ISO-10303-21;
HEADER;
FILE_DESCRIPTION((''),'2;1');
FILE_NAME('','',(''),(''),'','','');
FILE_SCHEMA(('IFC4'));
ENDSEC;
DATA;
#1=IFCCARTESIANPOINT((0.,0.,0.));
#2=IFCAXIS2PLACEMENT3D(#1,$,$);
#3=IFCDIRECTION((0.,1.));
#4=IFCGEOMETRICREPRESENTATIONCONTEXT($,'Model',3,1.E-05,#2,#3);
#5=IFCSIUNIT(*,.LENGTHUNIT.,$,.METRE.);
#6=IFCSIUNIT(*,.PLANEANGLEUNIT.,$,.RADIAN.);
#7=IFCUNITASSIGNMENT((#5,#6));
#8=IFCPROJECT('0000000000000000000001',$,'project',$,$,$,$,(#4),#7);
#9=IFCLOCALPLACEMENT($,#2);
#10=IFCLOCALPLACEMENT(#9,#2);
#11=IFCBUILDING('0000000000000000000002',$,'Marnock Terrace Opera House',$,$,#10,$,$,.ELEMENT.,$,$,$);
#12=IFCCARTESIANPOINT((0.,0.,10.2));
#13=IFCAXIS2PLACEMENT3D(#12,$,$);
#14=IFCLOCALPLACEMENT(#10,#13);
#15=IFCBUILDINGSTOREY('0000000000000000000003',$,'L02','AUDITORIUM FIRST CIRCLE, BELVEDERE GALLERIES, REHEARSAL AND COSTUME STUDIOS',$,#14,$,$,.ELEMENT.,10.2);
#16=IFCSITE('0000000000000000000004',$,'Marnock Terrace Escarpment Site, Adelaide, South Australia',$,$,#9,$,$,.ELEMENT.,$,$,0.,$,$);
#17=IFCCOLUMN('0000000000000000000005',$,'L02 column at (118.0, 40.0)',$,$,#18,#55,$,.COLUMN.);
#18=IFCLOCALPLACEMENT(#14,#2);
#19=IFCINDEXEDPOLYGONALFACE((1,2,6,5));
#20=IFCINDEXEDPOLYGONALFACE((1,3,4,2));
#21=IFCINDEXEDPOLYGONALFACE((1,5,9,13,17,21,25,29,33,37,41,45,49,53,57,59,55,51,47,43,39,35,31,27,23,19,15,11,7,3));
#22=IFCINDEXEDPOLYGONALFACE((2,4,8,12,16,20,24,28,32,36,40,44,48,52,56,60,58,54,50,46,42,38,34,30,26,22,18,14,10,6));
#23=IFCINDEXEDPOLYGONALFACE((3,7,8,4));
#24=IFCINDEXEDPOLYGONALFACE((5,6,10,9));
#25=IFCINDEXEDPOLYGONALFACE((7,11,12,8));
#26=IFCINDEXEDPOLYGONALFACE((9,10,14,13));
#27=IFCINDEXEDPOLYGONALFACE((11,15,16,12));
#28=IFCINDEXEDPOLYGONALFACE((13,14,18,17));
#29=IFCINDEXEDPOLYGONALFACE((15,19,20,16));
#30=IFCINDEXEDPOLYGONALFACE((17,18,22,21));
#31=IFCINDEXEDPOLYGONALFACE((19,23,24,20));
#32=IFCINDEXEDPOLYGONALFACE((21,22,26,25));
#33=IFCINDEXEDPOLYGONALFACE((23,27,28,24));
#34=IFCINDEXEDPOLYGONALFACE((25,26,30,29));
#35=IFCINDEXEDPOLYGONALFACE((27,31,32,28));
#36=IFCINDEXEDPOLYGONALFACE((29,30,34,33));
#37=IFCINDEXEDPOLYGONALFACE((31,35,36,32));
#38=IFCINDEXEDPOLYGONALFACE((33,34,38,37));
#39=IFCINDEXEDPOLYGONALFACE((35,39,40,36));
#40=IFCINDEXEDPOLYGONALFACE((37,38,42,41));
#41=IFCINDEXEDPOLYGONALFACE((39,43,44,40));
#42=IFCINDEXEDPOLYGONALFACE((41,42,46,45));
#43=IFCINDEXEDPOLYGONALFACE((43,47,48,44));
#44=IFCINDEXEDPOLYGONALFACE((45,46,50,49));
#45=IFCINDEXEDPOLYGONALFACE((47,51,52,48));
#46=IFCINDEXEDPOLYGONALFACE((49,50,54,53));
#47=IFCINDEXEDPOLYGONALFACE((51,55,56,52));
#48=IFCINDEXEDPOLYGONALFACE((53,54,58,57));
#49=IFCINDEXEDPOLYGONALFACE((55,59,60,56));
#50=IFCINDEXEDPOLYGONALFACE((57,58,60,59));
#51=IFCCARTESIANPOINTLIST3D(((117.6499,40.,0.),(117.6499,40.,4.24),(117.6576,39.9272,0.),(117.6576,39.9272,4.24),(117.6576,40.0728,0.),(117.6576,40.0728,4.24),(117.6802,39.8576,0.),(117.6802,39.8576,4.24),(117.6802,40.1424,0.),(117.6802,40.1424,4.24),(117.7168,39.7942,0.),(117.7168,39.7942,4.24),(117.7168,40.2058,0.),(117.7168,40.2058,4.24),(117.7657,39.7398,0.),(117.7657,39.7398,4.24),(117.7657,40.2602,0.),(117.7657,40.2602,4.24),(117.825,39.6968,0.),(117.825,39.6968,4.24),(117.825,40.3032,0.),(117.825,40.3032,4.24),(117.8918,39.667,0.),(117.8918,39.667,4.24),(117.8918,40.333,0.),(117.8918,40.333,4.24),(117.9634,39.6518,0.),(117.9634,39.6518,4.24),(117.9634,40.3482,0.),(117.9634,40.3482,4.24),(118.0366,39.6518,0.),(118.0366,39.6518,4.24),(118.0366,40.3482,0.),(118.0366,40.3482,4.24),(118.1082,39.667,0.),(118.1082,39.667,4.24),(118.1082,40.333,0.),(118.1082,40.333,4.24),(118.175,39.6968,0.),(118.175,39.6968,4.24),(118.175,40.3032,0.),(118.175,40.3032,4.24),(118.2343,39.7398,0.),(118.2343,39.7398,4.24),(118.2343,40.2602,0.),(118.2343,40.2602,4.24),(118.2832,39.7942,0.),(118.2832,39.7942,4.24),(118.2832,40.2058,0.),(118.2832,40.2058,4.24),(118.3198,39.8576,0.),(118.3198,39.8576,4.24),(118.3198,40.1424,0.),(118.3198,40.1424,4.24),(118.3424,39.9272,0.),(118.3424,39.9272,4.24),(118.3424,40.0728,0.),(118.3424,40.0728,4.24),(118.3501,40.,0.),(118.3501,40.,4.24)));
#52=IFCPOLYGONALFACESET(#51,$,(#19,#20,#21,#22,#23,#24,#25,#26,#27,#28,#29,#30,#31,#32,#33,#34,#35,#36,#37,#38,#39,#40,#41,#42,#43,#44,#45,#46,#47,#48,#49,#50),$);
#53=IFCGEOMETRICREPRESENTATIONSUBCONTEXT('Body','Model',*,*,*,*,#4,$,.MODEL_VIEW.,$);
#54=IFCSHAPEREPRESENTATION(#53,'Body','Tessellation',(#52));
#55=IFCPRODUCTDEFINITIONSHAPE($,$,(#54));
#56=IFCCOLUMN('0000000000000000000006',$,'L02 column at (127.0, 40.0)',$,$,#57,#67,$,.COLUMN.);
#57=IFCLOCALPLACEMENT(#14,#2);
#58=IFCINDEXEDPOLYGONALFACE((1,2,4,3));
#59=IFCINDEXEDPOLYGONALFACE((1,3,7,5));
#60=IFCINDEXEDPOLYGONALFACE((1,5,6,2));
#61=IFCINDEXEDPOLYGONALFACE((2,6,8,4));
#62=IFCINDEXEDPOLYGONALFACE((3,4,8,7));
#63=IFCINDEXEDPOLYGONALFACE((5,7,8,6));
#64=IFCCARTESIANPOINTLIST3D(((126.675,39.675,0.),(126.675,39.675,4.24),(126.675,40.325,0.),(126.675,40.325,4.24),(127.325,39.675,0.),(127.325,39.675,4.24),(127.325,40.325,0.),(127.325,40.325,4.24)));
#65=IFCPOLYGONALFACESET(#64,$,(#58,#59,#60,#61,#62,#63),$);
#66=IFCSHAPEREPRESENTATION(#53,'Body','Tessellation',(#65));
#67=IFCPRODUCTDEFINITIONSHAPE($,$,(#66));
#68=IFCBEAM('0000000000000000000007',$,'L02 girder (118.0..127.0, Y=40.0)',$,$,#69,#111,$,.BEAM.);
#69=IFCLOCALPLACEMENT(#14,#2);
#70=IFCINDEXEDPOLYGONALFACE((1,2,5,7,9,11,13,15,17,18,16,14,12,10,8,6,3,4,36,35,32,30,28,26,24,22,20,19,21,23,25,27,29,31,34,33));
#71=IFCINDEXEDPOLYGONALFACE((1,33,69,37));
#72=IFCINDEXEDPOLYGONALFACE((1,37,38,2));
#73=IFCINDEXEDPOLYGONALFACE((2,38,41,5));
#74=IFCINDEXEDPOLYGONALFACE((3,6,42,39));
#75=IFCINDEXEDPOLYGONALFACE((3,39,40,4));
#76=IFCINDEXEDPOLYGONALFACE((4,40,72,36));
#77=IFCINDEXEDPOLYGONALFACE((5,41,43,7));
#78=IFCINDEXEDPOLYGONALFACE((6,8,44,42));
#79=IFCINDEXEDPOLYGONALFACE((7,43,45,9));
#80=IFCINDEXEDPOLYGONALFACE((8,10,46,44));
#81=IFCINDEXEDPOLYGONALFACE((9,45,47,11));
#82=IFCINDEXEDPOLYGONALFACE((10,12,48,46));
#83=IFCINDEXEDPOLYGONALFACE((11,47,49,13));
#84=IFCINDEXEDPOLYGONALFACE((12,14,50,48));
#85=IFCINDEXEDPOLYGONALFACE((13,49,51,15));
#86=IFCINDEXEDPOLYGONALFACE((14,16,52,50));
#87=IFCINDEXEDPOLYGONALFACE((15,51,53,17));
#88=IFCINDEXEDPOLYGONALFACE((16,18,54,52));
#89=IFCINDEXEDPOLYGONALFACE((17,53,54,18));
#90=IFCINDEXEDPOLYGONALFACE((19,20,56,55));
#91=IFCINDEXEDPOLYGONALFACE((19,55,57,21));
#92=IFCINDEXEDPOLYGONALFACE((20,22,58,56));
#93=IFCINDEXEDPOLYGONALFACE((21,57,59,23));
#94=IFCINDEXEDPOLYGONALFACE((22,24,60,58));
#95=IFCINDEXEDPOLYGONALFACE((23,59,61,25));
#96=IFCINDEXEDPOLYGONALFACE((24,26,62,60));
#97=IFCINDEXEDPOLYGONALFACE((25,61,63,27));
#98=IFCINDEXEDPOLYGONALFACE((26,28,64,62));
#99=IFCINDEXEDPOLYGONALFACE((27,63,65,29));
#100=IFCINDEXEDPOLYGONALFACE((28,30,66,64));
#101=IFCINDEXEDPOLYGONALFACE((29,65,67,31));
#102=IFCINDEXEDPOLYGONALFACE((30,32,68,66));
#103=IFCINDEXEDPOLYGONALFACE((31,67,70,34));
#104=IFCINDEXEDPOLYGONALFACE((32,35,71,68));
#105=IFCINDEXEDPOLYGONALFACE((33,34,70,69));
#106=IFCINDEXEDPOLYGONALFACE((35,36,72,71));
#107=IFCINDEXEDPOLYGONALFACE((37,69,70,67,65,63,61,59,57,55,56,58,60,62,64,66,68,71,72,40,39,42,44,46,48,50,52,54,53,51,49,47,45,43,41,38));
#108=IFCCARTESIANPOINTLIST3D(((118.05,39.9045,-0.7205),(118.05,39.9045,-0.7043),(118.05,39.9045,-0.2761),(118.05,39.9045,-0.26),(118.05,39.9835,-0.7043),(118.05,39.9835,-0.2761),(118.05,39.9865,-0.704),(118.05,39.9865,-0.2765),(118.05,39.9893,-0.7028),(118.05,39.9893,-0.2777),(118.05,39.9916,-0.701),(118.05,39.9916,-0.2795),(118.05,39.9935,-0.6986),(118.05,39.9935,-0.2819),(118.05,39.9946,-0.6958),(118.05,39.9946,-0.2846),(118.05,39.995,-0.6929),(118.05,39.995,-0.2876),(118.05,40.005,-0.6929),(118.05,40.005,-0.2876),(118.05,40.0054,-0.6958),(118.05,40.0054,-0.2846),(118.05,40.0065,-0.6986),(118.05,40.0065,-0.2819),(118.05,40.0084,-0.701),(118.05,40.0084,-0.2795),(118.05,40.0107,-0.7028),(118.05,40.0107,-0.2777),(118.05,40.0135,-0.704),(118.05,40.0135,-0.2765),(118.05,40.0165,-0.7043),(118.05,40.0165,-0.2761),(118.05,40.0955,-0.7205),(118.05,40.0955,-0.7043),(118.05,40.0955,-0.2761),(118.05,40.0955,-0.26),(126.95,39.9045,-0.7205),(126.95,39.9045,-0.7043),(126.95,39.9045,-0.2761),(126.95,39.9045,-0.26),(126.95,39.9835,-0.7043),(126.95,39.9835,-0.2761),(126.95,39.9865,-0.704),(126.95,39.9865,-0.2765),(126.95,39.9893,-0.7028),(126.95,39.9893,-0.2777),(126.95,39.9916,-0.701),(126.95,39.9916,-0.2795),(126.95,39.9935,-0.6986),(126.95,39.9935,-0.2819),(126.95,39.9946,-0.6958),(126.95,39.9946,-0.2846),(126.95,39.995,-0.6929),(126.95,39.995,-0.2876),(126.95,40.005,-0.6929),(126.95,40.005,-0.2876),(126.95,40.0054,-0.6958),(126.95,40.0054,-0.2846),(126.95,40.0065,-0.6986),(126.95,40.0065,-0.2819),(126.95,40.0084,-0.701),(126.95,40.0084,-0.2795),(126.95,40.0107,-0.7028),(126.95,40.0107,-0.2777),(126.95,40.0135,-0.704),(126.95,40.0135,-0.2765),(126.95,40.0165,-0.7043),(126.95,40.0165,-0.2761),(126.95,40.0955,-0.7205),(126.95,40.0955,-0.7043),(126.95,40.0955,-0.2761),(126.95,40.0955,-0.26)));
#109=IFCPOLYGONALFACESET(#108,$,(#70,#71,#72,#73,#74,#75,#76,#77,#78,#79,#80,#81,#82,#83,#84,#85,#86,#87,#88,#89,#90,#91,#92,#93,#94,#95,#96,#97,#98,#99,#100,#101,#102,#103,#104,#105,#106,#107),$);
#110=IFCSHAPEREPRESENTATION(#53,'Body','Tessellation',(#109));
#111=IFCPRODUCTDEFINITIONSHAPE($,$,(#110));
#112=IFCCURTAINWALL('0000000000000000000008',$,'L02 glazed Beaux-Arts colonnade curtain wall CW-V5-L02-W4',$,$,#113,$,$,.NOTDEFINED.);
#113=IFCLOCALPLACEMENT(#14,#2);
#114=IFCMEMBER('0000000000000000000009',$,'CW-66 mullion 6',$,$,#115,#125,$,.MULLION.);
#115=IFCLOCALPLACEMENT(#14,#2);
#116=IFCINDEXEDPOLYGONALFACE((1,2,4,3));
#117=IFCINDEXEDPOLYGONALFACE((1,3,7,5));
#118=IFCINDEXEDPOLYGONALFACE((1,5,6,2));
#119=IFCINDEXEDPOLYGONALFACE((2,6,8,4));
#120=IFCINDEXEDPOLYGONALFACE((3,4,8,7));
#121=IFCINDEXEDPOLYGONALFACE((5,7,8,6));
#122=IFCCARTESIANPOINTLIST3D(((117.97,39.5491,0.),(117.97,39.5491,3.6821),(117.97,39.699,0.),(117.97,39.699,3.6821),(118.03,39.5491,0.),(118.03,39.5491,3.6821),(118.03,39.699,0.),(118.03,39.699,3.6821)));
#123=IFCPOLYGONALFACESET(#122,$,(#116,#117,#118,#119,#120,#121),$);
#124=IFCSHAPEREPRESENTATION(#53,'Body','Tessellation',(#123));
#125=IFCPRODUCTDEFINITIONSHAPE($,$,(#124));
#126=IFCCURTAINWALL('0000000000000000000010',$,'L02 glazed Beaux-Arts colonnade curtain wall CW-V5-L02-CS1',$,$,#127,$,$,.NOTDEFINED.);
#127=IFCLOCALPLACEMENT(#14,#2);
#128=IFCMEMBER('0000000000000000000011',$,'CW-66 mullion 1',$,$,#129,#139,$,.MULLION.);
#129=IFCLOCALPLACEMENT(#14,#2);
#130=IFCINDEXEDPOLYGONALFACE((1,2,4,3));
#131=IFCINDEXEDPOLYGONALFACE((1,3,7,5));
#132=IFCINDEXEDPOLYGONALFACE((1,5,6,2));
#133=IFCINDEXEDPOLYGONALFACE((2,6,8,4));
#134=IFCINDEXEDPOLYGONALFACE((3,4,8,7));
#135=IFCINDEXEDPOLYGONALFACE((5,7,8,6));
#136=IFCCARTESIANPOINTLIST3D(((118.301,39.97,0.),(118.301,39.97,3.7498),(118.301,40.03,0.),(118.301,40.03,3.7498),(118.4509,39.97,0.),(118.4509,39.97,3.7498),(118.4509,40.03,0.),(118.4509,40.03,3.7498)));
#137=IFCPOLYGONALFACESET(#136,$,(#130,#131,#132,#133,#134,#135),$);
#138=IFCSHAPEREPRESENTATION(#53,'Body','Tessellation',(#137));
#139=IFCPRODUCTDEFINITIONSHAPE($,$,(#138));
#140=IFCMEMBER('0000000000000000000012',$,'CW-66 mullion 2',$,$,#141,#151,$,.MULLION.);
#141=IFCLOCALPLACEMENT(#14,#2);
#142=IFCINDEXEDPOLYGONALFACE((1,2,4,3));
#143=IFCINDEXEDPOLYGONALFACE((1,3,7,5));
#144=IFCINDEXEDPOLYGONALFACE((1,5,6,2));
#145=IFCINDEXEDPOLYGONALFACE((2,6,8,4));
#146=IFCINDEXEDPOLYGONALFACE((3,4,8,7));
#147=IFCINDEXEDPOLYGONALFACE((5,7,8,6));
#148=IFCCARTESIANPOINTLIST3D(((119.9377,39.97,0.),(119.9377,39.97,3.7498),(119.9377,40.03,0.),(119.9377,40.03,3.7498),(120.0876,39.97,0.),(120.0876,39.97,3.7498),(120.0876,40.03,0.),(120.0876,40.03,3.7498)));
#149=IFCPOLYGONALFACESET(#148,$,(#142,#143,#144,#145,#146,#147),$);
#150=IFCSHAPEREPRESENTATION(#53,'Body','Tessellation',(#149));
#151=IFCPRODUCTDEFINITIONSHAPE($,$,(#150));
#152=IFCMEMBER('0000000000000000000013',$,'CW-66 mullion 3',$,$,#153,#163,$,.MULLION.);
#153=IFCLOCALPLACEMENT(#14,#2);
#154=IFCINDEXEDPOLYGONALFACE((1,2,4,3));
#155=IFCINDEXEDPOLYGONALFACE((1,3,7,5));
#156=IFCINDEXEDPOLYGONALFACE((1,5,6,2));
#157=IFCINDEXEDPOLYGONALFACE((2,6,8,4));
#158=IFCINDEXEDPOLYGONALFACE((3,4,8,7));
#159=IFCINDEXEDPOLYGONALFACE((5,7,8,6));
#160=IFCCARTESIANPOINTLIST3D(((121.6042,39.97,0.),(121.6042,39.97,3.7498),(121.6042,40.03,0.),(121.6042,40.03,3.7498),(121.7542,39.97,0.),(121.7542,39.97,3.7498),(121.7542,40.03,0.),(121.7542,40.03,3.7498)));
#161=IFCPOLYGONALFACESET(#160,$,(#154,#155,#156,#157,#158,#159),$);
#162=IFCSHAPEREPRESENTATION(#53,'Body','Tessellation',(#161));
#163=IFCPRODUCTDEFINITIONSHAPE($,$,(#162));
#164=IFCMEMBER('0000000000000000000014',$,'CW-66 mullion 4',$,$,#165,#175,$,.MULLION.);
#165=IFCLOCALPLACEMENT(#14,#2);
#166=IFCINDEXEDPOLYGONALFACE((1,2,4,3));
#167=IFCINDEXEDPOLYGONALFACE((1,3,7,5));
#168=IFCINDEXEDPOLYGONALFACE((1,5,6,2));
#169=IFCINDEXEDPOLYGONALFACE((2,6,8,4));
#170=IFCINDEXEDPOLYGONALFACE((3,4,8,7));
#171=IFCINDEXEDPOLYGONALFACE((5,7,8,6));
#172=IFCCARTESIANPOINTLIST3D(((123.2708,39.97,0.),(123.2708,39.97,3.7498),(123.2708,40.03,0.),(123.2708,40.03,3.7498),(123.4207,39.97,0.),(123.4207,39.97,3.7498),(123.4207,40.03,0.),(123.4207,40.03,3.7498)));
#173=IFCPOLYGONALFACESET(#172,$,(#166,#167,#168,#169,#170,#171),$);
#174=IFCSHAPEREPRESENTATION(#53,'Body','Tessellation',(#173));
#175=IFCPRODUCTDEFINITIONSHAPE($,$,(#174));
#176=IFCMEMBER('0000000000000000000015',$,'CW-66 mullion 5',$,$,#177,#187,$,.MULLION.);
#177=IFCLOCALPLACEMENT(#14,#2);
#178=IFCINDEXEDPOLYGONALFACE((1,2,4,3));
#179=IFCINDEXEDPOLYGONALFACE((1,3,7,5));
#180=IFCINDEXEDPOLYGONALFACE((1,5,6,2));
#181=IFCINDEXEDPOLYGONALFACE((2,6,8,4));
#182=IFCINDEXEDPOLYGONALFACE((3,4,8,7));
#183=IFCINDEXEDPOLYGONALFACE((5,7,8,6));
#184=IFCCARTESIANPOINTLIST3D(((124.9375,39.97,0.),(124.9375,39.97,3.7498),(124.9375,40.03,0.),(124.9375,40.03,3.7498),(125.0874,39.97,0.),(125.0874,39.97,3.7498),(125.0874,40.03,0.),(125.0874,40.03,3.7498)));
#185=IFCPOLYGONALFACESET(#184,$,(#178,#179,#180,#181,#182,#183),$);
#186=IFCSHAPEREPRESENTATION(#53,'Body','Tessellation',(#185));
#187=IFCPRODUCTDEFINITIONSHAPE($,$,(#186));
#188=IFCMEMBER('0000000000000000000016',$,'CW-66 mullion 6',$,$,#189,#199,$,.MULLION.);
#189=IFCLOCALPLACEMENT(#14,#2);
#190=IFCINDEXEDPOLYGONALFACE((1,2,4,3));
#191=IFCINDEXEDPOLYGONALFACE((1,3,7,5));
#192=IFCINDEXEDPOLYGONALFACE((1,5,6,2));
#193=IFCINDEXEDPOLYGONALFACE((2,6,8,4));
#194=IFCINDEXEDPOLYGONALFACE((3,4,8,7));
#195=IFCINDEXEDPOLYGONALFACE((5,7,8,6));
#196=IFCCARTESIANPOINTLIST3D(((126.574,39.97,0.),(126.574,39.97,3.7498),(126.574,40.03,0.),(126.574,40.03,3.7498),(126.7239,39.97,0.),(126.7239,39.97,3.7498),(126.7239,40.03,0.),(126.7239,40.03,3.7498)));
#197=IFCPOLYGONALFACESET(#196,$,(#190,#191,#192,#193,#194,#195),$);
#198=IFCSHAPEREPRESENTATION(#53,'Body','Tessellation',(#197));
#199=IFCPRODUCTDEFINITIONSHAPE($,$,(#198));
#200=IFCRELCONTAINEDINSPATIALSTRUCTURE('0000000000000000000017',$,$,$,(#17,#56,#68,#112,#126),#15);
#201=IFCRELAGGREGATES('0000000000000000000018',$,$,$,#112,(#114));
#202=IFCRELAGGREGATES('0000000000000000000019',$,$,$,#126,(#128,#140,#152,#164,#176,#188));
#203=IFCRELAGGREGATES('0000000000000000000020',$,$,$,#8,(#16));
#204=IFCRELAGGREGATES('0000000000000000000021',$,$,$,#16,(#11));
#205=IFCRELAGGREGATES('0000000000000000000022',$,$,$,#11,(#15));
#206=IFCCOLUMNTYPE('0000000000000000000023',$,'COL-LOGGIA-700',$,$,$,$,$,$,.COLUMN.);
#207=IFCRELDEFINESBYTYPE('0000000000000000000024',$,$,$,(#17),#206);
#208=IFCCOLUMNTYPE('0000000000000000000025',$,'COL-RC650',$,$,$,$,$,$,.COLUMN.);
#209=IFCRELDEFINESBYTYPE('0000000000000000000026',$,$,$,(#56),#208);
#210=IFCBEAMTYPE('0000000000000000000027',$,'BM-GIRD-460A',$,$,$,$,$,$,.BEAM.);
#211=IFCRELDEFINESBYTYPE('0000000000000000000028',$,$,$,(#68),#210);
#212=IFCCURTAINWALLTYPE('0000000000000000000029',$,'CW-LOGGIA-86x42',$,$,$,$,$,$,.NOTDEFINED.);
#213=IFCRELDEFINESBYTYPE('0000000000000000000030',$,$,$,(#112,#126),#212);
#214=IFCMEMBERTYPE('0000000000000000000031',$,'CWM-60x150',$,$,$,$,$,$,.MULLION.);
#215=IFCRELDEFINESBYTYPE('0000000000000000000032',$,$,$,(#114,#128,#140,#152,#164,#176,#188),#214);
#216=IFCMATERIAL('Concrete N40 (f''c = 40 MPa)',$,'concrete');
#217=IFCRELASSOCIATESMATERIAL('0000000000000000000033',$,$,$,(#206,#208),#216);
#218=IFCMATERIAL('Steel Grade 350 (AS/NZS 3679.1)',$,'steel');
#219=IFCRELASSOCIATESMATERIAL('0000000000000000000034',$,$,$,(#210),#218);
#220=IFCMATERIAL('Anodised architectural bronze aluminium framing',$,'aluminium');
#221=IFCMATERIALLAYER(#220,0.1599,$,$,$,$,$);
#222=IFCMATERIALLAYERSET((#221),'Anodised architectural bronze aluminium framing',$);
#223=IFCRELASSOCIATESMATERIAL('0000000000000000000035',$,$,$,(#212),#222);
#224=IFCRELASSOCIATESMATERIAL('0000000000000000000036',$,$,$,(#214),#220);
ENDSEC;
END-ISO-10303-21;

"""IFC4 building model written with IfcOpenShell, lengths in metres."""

from ifc_helpers import new_model, si_unit, direction, frame, origin, origin_2d, place, context, subcontext, project, spatial, rectangle, circle, i_section, extrude, material, layer, layer_set, material_profile, profile_set, type_object, element, aggregate, save


model = new_model("IFC4")

# Units and contexts
model_context = context("Model", 3, precision=1e-05, world=origin(), true_north=direction((0.0, 1.0)))
body_context = subcontext(model_context, "Body", "Model", "MODEL_VIEW")
ifc_project = project(units=[si_unit("LENGTHUNIT", "METRE"), si_unit("PLANEANGLEUNIT", "RADIAN")], contexts=[model_context])

# Site, building, storey
site_placement = place(None, origin())
site = spatial("IfcSite", under=ifc_project, at=site_placement, Name="Marnock Terrace Escarpment Site, Adelaide, South Australia", CompositionType="ELEMENT", RefElevation=0.0)
building_placement = place(site_placement, origin())
building = spatial("IfcBuilding", under=site, at=building_placement, Name="Marnock Terrace Opera House", CompositionType="ELEMENT")
storey_placement = place(building_placement, frame((0.0, 0.0, 10.2)))
storey = spatial("IfcBuildingStorey", under=building, at=storey_placement, Name="L02", Description="AUDITORIUM FIRST CIRCLE, BELVEDERE GALLERIES, REHEARSAL AND COSTUME STUDIOS", CompositionType="ELEMENT", Elevation=10.2)

# Columns
ifc_material_1 = material(Name="Concrete N40 (f'c = 40 MPa)", Category="concrete")
ifc_material_profile_1 = material_profile(ifc_material_1, circle(Radius=0.3501, at=origin_2d()))
ifc_profile_set_1 = profile_set([ifc_material_profile_1], Name="Concrete N40 (f'c = 40 MPa)")
column_type_1 = type_object("IfcColumnType", Name="COL-LOGGIA-700", PredefinedType="COLUMN", material=ifc_profile_set_1)
column_1_placement = place(storey_placement, frame((118.0, 40.0, 0.0), z_axis=(0.0, 0.0, 1.0), x_axis=(1.0, 0.0, 0.0)))
element("IfcColumn", 1, at=column_1_placement, inside=storey, type_object=column_type_1, Name="L02 column at (118.0, 40.0)", PredefinedType="COLUMN", context=body_context, shape_type="SweptSolid", body=[
    extrude(circle(Radius=0.3501, at=origin_2d()), origin(), (0.0, 0.0, 1.0), 4.24),
])
ifc_material_profile_2 = material_profile(ifc_material_1, rectangle(XDim=0.6499, YDim=0.6499, at=origin_2d()))
ifc_profile_set_2 = profile_set([ifc_material_profile_2], Name="Concrete N40 (f'c = 40 MPa)")
column_type_2 = type_object("IfcColumnType", Name="COL-RC650", PredefinedType="COLUMN", material=ifc_profile_set_2)
column_2_placement = place(storey_placement, frame((127.0, 40.0, 0.0), z_axis=(0.0, 0.0, 1.0), x_axis=(1.0, 0.0, 0.0)))
element("IfcColumn", 2, at=column_2_placement, inside=storey, type_object=column_type_2, Name="L02 column at (127.0, 40.0)", PredefinedType="COLUMN", context=body_context, shape_type="SweptSolid", body=[
    extrude(rectangle(XDim=0.6499, YDim=0.6499, at=origin_2d()), origin(), (0.0, 0.0, 1.0), 4.24),
])

# Beam
ifc_material_2 = material(Name="Steel Grade 350 (AS/NZS 3679.1)", Category="steel")
ifc_material_profile_3 = material_profile(ifc_material_2, i_section(OverallWidth=0.1909, OverallDepth=0.4604, WebThickness=0.01, FlangeThickness=0.0161, FilletRadius=0.0115, at=origin_2d()))
ifc_profile_set_3 = profile_set([ifc_material_profile_3], Name="Steel Grade 350 (AS/NZS 3679.1)")
beam_type = type_object("IfcBeamType", Name="BM-GIRD-460A", PredefinedType="BEAM", material=ifc_profile_set_3)
beam_placement = place(storey_placement, frame((118.05, 40.0, -0.4902), z_axis=(1.0, 0.0, 0.0), x_axis=(0.0, 1.0, 0.0)))
element("IfcBeam", 3, at=beam_placement, inside=storey, type_object=beam_type, Name="L02 girder (118.0..127.0, Y=40.0)", PredefinedType="BEAM", context=body_context, shape_type="SweptSolid", body=[
    extrude(i_section(OverallWidth=0.1909, OverallDepth=0.4604, WebThickness=0.01, FlangeThickness=0.0161, FilletRadius=0.0115, at=origin_2d()), origin(), (0.0, 0.0, 1.0), 8.8999),
])

# Curtain wall, member
ifc_material_3 = material(Name="Anodised architectural bronze aluminium framing", Category="aluminium")
ifc_layer_1 = layer(ifc_material_3, 0.1599)
ifc_layer_set_1 = layer_set([ifc_layer_1], Name="Anodised architectural bronze aluminium framing")
curtain_wall_type = type_object("IfcCurtainWallType", Name="CW-LOGGIA-86x42", PredefinedType="NOTDEFINED", material=ifc_layer_set_1)
curtain_wall_1_placement = place(storey_placement, origin())
curtain_wall_1 = element("IfcCurtainWall", 4, at=curtain_wall_1_placement, inside=storey, type_object=curtain_wall_type, Name="L02 glazed Beaux-Arts colonnade curtain wall CW-V5-L02-W4", PredefinedType="NOTDEFINED")
ifc_material_profile_4 = material_profile(ifc_material_3, rectangle(XDim=0.0601, YDim=0.1499, at=origin_2d()))
ifc_profile_set_4 = profile_set([ifc_material_profile_4], Name="Anodised architectural bronze aluminium framing")
member_type_1 = type_object("IfcMemberType", Name="CWM-60x150", PredefinedType="MULLION", material=ifc_profile_set_4)
member_1_placement = place(storey_placement, frame((118.0, 39.624, 0.0), z_axis=(0.0, 0.0, 1.0), x_axis=(-1.0, 0.0, 0.0)))
member_1 = element("IfcMember", 5, at=member_1_placement, type_object=member_type_1, Name="CW-66 mullion 6", PredefinedType="MULLION", context=body_context, shape_type="SweptSolid", body=[
    extrude(rectangle(XDim=0.0601, YDim=0.1499, at=origin_2d()), origin(), (0.0, 0.0, 1.0), 3.6821),
])
aggregate(curtain_wall_1, [member_1])

# Curtain wall, members
curtain_wall_2_placement = place(storey_placement, origin())
curtain_wall_2 = element("IfcCurtainWall", 6, at=curtain_wall_2_placement, inside=storey, type_object=curtain_wall_type, Name="L02 glazed Beaux-Arts colonnade curtain wall CW-V5-L02-CS1", PredefinedType="NOTDEFINED")
member_2_placement = place(storey_placement, frame((118.376, 40.0, 0.0), z_axis=(0.0, 0.0, 1.0), x_axis=(0.0, 1.0, 0.0)))
member_2 = element("IfcMember", 7, at=member_2_placement, type_object=member_type_1, Name="CW-66 mullion 1", PredefinedType="MULLION", context=body_context, shape_type="SweptSolid", body=[
    extrude(rectangle(XDim=0.0601, YDim=0.1499, at=origin_2d()), origin(), (0.0, 0.0, 1.0), 3.7498),
])
member_3_placement = place(storey_placement, frame((120.0127, 40.0, 0.0), z_axis=(0.0, 0.0, 1.0), x_axis=(0.0, 1.0, 0.0)))
member_3 = element("IfcMember", 8, at=member_3_placement, type_object=member_type_1, Name="CW-66 mullion 2", PredefinedType="MULLION", context=body_context, shape_type="SweptSolid", body=[
    extrude(rectangle(XDim=0.0601, YDim=0.1499, at=origin_2d()), origin(), (0.0, 0.0, 1.0), 3.7498),
])
member_4_placement = place(storey_placement, frame((121.6792, 40.0, 0.0), z_axis=(0.0, 0.0, 1.0), x_axis=(0.0, 1.0, 0.0)))
member_4 = element("IfcMember", 9, at=member_4_placement, type_object=member_type_1, Name="CW-66 mullion 3", PredefinedType="MULLION", context=body_context, shape_type="SweptSolid", body=[
    extrude(rectangle(XDim=0.0601, YDim=0.1499, at=origin_2d()), origin(), (0.0, 0.0, 1.0), 3.7498),
])
member_5_placement = place(storey_placement, frame((123.3457, 40.0, 0.0), z_axis=(0.0, 0.0, 1.0), x_axis=(0.0, 1.0, 0.0)))
member_5 = element("IfcMember", 10, at=member_5_placement, type_object=member_type_1, Name="CW-66 mullion 4", PredefinedType="MULLION", context=body_context, shape_type="SweptSolid", body=[
    extrude(rectangle(XDim=0.0601, YDim=0.1499, at=origin_2d()), origin(), (0.0, 0.0, 1.0), 3.7498),
])
member_6_placement = place(storey_placement, frame((125.0125, 40.0, 0.0), z_axis=(0.0, 0.0, 1.0), x_axis=(0.0, 1.0, 0.0)))
member_6 = element("IfcMember", 11, at=member_6_placement, type_object=member_type_1, Name="CW-66 mullion 5", PredefinedType="MULLION", context=body_context, shape_type="SweptSolid", body=[
    extrude(rectangle(XDim=0.0601, YDim=0.1499, at=origin_2d()), origin(), (0.0, 0.0, 1.0), 3.7498),
])
member_7_placement = place(storey_placement, frame((126.6489, 40.0, 0.0), z_axis=(0.0, 0.0, 1.0), x_axis=(0.0, 1.0, 0.0)))
member_7 = element("IfcMember", 12, at=member_7_placement, type_object=member_type_1, Name="CW-66 mullion 6", PredefinedType="MULLION", context=body_context, shape_type="SweptSolid", body=[
    extrude(rectangle(XDim=0.0601, YDim=0.1499, at=origin_2d()), origin(), (0.0, 0.0, 1.0), 3.7498),
])
aggregate(curtain_wall_2, [member_2, member_3, member_4, member_5, member_6, member_7])

save(model, "model.ifc")
